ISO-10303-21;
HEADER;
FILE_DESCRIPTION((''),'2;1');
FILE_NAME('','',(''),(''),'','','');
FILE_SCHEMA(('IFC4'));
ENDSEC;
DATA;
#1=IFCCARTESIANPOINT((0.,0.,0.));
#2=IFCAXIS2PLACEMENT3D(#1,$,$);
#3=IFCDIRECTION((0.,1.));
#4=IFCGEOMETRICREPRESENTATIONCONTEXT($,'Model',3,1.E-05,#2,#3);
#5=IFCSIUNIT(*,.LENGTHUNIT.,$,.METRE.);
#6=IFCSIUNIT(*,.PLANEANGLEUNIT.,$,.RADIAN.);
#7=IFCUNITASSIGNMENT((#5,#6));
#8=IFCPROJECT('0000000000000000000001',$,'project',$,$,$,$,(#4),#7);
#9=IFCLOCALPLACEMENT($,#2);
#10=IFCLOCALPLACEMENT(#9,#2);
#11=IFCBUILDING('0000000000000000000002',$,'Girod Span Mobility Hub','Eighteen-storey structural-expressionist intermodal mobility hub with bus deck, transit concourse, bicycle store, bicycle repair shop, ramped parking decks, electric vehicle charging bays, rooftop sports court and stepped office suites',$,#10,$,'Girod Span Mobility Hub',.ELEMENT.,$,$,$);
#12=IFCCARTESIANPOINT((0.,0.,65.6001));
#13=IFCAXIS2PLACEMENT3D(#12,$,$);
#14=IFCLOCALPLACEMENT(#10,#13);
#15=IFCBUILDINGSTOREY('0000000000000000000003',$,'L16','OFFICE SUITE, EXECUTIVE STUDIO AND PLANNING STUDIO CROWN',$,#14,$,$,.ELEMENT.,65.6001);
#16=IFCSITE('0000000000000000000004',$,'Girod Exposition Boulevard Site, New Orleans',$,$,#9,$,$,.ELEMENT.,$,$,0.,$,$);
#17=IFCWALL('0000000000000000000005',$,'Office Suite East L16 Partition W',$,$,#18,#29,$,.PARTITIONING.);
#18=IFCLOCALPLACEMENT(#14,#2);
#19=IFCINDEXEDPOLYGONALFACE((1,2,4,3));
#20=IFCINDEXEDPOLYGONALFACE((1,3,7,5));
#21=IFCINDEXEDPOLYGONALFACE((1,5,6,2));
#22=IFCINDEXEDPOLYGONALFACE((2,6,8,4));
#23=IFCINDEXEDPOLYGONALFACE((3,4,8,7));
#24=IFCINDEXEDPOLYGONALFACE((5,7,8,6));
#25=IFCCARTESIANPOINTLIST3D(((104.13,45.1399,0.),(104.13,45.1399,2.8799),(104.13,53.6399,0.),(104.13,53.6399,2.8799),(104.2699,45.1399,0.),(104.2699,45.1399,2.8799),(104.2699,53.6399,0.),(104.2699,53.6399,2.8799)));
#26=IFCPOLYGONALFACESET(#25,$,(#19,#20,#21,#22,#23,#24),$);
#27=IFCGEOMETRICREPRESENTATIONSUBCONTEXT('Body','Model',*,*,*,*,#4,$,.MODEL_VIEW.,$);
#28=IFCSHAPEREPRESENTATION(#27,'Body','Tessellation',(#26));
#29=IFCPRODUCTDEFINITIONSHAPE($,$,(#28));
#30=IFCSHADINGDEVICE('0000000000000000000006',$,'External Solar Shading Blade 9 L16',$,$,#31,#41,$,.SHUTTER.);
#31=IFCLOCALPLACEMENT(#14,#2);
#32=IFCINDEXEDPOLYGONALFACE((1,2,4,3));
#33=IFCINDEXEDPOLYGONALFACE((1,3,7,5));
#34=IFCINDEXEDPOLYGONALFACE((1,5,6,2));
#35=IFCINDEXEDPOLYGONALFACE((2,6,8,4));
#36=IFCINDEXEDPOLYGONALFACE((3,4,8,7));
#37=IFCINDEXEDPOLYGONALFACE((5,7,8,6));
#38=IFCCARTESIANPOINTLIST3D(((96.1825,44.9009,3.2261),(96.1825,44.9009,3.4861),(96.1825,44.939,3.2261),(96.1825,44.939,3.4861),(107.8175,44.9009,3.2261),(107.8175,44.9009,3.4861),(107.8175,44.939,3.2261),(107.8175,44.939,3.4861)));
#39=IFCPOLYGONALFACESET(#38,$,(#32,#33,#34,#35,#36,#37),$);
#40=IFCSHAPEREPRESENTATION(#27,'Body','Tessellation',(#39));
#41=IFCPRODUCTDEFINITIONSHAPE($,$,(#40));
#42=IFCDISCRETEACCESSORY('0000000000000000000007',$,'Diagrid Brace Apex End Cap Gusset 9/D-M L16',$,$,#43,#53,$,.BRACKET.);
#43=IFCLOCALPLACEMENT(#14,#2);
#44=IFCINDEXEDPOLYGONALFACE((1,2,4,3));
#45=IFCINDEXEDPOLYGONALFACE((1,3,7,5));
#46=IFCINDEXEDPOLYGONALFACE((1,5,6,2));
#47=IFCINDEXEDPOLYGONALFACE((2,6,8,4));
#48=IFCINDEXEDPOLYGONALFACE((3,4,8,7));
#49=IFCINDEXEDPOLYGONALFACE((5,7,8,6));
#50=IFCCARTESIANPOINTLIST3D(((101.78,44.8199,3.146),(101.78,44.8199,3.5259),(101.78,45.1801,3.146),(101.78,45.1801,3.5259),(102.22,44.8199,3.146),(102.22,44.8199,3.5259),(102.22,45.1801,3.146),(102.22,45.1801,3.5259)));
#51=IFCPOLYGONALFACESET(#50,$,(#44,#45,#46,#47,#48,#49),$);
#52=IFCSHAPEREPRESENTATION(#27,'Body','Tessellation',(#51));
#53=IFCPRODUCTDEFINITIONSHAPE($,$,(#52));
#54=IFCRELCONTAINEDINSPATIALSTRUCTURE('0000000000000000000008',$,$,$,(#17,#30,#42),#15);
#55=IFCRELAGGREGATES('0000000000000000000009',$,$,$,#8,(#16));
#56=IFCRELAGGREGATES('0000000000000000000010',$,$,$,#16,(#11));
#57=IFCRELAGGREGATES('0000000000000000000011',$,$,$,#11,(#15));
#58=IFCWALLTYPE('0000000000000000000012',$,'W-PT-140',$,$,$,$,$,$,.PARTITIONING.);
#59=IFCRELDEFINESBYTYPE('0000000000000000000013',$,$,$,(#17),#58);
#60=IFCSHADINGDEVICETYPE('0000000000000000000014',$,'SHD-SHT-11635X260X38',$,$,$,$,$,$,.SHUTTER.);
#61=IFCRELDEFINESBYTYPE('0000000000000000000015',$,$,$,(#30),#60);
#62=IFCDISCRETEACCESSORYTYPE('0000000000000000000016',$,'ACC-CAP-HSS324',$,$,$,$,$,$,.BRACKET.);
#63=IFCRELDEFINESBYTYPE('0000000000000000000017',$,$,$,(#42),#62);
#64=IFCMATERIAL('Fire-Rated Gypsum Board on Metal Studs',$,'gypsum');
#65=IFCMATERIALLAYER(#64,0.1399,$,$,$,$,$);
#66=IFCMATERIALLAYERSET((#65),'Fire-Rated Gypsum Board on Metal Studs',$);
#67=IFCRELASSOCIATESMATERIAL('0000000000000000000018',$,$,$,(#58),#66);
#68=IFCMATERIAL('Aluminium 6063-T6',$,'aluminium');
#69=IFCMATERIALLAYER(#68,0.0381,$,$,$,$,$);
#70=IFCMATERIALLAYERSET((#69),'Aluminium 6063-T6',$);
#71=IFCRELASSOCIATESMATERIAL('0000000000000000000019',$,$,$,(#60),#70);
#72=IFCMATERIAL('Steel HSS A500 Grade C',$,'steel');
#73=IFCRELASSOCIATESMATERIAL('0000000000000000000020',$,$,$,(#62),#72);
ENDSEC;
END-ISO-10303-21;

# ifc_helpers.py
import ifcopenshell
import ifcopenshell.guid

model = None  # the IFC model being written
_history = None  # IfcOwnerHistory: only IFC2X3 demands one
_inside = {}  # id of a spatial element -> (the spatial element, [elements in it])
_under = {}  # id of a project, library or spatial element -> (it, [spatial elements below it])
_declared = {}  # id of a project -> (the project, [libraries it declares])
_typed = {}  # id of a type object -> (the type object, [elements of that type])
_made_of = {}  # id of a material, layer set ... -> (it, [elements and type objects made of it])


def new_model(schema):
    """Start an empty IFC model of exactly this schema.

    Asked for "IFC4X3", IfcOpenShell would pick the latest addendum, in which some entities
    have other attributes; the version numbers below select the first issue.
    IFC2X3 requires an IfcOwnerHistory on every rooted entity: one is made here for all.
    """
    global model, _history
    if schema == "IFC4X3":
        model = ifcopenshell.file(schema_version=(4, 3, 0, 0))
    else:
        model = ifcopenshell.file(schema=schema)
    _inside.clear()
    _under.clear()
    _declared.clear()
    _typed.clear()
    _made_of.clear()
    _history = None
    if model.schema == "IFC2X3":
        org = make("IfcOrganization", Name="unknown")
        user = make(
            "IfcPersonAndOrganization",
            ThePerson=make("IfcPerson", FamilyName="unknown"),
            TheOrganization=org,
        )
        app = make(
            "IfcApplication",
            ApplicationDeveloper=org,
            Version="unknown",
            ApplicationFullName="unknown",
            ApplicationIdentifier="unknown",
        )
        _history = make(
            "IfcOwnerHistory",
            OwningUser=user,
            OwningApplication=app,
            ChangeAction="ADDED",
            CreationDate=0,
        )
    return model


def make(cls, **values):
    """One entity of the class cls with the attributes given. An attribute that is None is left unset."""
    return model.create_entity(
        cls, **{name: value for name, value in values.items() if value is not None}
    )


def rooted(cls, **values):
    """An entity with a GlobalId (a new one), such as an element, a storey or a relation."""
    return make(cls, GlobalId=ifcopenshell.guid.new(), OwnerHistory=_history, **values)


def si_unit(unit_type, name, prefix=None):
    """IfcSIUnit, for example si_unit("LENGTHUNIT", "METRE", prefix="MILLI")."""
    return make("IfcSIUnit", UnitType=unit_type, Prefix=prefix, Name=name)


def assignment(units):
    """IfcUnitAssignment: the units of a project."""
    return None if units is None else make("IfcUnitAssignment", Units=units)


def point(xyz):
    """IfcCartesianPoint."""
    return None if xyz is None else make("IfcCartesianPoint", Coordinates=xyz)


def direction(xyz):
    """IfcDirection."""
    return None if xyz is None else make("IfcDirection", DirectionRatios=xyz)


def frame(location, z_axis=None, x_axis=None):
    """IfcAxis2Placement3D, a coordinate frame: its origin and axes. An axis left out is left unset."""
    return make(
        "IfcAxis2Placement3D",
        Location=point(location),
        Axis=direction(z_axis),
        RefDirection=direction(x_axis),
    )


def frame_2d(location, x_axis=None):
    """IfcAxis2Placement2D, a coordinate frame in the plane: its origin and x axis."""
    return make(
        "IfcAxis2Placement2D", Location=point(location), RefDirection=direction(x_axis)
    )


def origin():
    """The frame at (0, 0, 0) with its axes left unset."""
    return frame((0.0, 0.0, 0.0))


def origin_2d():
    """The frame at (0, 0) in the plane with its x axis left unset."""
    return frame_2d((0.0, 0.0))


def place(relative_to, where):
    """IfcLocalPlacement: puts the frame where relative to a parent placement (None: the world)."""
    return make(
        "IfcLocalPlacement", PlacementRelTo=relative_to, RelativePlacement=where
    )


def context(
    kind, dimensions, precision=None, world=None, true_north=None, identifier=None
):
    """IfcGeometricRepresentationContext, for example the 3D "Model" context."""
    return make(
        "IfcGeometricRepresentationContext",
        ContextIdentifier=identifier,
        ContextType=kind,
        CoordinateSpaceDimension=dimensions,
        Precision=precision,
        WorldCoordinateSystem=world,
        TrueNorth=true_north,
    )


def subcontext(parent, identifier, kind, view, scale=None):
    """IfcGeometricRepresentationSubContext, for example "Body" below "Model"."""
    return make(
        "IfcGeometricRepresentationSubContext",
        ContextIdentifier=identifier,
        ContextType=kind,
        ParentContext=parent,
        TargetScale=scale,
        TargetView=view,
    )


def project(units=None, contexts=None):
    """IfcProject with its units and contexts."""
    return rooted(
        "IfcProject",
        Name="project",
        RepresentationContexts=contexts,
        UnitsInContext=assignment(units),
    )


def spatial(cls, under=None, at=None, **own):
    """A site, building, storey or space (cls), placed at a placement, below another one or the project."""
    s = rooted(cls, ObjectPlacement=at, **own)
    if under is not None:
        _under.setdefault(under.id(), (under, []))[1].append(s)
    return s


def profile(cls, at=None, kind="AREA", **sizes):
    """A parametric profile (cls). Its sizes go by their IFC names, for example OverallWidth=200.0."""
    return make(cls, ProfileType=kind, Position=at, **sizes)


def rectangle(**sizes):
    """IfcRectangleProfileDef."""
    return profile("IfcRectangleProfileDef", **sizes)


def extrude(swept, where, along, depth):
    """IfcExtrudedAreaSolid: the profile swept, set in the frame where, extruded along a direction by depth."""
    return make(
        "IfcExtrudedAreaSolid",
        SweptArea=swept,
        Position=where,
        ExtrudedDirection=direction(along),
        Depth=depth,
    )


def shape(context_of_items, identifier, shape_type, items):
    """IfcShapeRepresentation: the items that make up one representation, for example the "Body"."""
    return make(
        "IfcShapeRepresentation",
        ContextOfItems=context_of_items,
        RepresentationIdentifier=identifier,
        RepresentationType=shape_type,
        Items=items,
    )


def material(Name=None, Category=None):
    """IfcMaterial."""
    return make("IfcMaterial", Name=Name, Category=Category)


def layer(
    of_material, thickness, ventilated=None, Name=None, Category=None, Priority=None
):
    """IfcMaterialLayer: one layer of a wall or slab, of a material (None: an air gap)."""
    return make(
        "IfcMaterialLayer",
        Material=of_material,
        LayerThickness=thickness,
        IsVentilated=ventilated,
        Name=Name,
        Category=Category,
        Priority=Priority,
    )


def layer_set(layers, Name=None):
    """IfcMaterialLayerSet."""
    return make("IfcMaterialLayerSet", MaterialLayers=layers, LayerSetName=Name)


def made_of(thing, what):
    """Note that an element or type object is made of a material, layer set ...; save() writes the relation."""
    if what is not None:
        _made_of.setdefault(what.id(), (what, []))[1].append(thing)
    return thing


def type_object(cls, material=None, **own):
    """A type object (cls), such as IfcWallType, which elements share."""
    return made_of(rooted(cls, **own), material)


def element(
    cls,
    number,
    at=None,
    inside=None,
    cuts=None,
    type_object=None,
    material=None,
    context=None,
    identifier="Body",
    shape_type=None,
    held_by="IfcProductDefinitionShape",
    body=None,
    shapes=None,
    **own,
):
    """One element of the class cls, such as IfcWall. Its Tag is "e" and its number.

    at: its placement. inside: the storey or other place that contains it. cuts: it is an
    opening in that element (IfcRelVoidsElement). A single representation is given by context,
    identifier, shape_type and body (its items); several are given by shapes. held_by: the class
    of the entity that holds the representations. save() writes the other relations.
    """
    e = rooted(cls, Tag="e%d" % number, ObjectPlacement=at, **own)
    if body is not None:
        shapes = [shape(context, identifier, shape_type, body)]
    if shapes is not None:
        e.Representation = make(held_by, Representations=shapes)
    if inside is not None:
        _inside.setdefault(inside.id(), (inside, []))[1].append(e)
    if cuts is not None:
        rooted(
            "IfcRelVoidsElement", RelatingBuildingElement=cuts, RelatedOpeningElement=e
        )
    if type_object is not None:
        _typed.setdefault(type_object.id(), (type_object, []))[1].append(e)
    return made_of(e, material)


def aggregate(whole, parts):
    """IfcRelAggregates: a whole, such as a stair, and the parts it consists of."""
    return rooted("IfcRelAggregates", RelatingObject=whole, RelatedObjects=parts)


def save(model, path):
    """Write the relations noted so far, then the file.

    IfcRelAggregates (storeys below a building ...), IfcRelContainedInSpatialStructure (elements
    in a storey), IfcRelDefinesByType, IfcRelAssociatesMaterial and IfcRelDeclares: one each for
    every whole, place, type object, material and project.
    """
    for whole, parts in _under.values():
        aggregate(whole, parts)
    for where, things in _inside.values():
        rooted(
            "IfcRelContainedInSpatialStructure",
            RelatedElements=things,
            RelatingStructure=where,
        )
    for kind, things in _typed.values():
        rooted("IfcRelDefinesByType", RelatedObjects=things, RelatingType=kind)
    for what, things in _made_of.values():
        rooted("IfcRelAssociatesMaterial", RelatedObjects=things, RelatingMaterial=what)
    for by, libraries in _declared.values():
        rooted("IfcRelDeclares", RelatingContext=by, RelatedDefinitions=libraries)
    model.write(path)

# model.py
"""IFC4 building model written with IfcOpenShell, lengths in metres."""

from ifc_helpers import new_model, si_unit, direction, frame, frame_2d, origin, origin_2d, place, context, subcontext, project, spatial, rectangle, extrude, material, layer, layer_set, type_object, element, save


model = new_model("IFC4")

# Units and contexts
model_context = context("Model", 3, precision=1e-05, world=origin(), true_north=direction((0.0, 1.0)))
body_context = subcontext(model_context, "Body", "Model", "MODEL_VIEW")
ifc_project = project(units=[si_unit("LENGTHUNIT", "METRE"), si_unit("PLANEANGLEUNIT", "RADIAN")], contexts=[model_context])

# Site, building, storey
site_placement = place(None, origin())
site = spatial("IfcSite", under=ifc_project, at=site_placement, Name="Girod Exposition Boulevard Site, New Orleans", CompositionType="ELEMENT", RefElevation=0.0)
building_placement = place(site_placement, origin())
building = spatial("IfcBuilding", under=site, at=building_placement, Name="Girod Span Mobility Hub", Description="Eighteen-storey structural-expressionist intermodal mobility hub with bus deck, transit concourse, bicycle store, bicycle repair shop, ramped parking decks, electric vehicle charging bays, rooftop sports court and stepped office suites", LongName="Girod Span Mobility Hub", CompositionType="ELEMENT")
storey_placement = place(building_placement, frame((0.0, 0.0, 65.6001)))
storey = spatial("IfcBuildingStorey", under=building, at=storey_placement, Name="L16", Description="OFFICE SUITE, EXECUTIVE STUDIO AND PLANNING STUDIO CROWN", CompositionType="ELEMENT", Elevation=65.6001)

# Shared definitions
ifc_material_1 = material(Name="Fire-Rated Gypsum Board on Metal Studs", Category="gypsum")
ifc_layer_1 = layer(ifc_material_1, 0.1399)
ifc_layer_set_1 = layer_set([ifc_layer_1], Name="Fire-Rated Gypsum Board on Metal Studs")
wall_type_1 = type_object("IfcWallType", Name="W-PT-140", PredefinedType="PARTITIONING", material=ifc_layer_set_1)

# Wall
wall_1_placement = place(storey_placement, frame((104.2, 45.1399, 0.0), z_axis=(0.0, 0.0, 1.0), x_axis=(0.0, 1.0, 0.0)))
element("IfcWall", 1, at=wall_1_placement, inside=storey, type_object=wall_type_1, Name="Office Suite East L16 Partition W", PredefinedType="PARTITIONING", context=body_context, shape_type="SweptSolid", body=[
    extrude(rectangle(XDim=8.5, YDim=0.1399, at=frame_2d((4.25, 0.0))), origin(), (0.0, 0.0, 1.0), 2.8799),
])

# Shading device
ifc_material_2 = material(Name="Aluminium 6063-T6", Category="aluminium")
ifc_layer_2 = layer(ifc_material_2, 0.0381)
ifc_layer_set_2 = layer_set([ifc_layer_2], Name="Aluminium 6063-T6")
shading_device_type = type_object("IfcShadingDeviceType", Name="SHD-SHT-11635X260X38", PredefinedType="SHUTTER", material=ifc_layer_set_2)
shading_device_placement = place(storey_placement, frame((102.0, 44.9199, 3.2261), z_axis=(0.0, 0.0, 1.0), x_axis=(1.0, 0.0, 0.0)))
element("IfcShadingDevice", 2, at=shading_device_placement, inside=storey, type_object=shading_device_type, Name="External Solar Shading Blade 9 L16", PredefinedType="SHUTTER", context=body_context, shape_type="SweptSolid", body=[
    extrude(rectangle(XDim=11.635, YDim=0.0381, at=origin_2d()), origin(), (0.0, 0.0, 1.0), 0.26),
])

# Discrete accessory
ifc_material_3 = material(Name="Steel HSS A500 Grade C", Category="steel")
discrete_accessory_type = type_object("IfcDiscreteAccessoryType", Name="ACC-CAP-HSS324", PredefinedType="BRACKET", material=ifc_material_3)
discrete_accessory_placement = place(storey_placement, frame((102.0, 45.0, 3.146), z_axis=(0.0, 0.0, 1.0), x_axis=(1.0, 0.0, 0.0)))
element("IfcDiscreteAccessory", 3, at=discrete_accessory_placement, inside=storey, type_object=discrete_accessory_type, Name="Diagrid Brace Apex End Cap Gusset 9/D-M L16", PredefinedType="BRACKET", context=body_context, shape_type="SweptSolid", body=[
    extrude(rectangle(XDim=0.4399, YDim=0.3601, at=origin_2d()), origin(), (0.0, 0.0, 1.0), 0.3799),
])

save(model, "model.ifc")
